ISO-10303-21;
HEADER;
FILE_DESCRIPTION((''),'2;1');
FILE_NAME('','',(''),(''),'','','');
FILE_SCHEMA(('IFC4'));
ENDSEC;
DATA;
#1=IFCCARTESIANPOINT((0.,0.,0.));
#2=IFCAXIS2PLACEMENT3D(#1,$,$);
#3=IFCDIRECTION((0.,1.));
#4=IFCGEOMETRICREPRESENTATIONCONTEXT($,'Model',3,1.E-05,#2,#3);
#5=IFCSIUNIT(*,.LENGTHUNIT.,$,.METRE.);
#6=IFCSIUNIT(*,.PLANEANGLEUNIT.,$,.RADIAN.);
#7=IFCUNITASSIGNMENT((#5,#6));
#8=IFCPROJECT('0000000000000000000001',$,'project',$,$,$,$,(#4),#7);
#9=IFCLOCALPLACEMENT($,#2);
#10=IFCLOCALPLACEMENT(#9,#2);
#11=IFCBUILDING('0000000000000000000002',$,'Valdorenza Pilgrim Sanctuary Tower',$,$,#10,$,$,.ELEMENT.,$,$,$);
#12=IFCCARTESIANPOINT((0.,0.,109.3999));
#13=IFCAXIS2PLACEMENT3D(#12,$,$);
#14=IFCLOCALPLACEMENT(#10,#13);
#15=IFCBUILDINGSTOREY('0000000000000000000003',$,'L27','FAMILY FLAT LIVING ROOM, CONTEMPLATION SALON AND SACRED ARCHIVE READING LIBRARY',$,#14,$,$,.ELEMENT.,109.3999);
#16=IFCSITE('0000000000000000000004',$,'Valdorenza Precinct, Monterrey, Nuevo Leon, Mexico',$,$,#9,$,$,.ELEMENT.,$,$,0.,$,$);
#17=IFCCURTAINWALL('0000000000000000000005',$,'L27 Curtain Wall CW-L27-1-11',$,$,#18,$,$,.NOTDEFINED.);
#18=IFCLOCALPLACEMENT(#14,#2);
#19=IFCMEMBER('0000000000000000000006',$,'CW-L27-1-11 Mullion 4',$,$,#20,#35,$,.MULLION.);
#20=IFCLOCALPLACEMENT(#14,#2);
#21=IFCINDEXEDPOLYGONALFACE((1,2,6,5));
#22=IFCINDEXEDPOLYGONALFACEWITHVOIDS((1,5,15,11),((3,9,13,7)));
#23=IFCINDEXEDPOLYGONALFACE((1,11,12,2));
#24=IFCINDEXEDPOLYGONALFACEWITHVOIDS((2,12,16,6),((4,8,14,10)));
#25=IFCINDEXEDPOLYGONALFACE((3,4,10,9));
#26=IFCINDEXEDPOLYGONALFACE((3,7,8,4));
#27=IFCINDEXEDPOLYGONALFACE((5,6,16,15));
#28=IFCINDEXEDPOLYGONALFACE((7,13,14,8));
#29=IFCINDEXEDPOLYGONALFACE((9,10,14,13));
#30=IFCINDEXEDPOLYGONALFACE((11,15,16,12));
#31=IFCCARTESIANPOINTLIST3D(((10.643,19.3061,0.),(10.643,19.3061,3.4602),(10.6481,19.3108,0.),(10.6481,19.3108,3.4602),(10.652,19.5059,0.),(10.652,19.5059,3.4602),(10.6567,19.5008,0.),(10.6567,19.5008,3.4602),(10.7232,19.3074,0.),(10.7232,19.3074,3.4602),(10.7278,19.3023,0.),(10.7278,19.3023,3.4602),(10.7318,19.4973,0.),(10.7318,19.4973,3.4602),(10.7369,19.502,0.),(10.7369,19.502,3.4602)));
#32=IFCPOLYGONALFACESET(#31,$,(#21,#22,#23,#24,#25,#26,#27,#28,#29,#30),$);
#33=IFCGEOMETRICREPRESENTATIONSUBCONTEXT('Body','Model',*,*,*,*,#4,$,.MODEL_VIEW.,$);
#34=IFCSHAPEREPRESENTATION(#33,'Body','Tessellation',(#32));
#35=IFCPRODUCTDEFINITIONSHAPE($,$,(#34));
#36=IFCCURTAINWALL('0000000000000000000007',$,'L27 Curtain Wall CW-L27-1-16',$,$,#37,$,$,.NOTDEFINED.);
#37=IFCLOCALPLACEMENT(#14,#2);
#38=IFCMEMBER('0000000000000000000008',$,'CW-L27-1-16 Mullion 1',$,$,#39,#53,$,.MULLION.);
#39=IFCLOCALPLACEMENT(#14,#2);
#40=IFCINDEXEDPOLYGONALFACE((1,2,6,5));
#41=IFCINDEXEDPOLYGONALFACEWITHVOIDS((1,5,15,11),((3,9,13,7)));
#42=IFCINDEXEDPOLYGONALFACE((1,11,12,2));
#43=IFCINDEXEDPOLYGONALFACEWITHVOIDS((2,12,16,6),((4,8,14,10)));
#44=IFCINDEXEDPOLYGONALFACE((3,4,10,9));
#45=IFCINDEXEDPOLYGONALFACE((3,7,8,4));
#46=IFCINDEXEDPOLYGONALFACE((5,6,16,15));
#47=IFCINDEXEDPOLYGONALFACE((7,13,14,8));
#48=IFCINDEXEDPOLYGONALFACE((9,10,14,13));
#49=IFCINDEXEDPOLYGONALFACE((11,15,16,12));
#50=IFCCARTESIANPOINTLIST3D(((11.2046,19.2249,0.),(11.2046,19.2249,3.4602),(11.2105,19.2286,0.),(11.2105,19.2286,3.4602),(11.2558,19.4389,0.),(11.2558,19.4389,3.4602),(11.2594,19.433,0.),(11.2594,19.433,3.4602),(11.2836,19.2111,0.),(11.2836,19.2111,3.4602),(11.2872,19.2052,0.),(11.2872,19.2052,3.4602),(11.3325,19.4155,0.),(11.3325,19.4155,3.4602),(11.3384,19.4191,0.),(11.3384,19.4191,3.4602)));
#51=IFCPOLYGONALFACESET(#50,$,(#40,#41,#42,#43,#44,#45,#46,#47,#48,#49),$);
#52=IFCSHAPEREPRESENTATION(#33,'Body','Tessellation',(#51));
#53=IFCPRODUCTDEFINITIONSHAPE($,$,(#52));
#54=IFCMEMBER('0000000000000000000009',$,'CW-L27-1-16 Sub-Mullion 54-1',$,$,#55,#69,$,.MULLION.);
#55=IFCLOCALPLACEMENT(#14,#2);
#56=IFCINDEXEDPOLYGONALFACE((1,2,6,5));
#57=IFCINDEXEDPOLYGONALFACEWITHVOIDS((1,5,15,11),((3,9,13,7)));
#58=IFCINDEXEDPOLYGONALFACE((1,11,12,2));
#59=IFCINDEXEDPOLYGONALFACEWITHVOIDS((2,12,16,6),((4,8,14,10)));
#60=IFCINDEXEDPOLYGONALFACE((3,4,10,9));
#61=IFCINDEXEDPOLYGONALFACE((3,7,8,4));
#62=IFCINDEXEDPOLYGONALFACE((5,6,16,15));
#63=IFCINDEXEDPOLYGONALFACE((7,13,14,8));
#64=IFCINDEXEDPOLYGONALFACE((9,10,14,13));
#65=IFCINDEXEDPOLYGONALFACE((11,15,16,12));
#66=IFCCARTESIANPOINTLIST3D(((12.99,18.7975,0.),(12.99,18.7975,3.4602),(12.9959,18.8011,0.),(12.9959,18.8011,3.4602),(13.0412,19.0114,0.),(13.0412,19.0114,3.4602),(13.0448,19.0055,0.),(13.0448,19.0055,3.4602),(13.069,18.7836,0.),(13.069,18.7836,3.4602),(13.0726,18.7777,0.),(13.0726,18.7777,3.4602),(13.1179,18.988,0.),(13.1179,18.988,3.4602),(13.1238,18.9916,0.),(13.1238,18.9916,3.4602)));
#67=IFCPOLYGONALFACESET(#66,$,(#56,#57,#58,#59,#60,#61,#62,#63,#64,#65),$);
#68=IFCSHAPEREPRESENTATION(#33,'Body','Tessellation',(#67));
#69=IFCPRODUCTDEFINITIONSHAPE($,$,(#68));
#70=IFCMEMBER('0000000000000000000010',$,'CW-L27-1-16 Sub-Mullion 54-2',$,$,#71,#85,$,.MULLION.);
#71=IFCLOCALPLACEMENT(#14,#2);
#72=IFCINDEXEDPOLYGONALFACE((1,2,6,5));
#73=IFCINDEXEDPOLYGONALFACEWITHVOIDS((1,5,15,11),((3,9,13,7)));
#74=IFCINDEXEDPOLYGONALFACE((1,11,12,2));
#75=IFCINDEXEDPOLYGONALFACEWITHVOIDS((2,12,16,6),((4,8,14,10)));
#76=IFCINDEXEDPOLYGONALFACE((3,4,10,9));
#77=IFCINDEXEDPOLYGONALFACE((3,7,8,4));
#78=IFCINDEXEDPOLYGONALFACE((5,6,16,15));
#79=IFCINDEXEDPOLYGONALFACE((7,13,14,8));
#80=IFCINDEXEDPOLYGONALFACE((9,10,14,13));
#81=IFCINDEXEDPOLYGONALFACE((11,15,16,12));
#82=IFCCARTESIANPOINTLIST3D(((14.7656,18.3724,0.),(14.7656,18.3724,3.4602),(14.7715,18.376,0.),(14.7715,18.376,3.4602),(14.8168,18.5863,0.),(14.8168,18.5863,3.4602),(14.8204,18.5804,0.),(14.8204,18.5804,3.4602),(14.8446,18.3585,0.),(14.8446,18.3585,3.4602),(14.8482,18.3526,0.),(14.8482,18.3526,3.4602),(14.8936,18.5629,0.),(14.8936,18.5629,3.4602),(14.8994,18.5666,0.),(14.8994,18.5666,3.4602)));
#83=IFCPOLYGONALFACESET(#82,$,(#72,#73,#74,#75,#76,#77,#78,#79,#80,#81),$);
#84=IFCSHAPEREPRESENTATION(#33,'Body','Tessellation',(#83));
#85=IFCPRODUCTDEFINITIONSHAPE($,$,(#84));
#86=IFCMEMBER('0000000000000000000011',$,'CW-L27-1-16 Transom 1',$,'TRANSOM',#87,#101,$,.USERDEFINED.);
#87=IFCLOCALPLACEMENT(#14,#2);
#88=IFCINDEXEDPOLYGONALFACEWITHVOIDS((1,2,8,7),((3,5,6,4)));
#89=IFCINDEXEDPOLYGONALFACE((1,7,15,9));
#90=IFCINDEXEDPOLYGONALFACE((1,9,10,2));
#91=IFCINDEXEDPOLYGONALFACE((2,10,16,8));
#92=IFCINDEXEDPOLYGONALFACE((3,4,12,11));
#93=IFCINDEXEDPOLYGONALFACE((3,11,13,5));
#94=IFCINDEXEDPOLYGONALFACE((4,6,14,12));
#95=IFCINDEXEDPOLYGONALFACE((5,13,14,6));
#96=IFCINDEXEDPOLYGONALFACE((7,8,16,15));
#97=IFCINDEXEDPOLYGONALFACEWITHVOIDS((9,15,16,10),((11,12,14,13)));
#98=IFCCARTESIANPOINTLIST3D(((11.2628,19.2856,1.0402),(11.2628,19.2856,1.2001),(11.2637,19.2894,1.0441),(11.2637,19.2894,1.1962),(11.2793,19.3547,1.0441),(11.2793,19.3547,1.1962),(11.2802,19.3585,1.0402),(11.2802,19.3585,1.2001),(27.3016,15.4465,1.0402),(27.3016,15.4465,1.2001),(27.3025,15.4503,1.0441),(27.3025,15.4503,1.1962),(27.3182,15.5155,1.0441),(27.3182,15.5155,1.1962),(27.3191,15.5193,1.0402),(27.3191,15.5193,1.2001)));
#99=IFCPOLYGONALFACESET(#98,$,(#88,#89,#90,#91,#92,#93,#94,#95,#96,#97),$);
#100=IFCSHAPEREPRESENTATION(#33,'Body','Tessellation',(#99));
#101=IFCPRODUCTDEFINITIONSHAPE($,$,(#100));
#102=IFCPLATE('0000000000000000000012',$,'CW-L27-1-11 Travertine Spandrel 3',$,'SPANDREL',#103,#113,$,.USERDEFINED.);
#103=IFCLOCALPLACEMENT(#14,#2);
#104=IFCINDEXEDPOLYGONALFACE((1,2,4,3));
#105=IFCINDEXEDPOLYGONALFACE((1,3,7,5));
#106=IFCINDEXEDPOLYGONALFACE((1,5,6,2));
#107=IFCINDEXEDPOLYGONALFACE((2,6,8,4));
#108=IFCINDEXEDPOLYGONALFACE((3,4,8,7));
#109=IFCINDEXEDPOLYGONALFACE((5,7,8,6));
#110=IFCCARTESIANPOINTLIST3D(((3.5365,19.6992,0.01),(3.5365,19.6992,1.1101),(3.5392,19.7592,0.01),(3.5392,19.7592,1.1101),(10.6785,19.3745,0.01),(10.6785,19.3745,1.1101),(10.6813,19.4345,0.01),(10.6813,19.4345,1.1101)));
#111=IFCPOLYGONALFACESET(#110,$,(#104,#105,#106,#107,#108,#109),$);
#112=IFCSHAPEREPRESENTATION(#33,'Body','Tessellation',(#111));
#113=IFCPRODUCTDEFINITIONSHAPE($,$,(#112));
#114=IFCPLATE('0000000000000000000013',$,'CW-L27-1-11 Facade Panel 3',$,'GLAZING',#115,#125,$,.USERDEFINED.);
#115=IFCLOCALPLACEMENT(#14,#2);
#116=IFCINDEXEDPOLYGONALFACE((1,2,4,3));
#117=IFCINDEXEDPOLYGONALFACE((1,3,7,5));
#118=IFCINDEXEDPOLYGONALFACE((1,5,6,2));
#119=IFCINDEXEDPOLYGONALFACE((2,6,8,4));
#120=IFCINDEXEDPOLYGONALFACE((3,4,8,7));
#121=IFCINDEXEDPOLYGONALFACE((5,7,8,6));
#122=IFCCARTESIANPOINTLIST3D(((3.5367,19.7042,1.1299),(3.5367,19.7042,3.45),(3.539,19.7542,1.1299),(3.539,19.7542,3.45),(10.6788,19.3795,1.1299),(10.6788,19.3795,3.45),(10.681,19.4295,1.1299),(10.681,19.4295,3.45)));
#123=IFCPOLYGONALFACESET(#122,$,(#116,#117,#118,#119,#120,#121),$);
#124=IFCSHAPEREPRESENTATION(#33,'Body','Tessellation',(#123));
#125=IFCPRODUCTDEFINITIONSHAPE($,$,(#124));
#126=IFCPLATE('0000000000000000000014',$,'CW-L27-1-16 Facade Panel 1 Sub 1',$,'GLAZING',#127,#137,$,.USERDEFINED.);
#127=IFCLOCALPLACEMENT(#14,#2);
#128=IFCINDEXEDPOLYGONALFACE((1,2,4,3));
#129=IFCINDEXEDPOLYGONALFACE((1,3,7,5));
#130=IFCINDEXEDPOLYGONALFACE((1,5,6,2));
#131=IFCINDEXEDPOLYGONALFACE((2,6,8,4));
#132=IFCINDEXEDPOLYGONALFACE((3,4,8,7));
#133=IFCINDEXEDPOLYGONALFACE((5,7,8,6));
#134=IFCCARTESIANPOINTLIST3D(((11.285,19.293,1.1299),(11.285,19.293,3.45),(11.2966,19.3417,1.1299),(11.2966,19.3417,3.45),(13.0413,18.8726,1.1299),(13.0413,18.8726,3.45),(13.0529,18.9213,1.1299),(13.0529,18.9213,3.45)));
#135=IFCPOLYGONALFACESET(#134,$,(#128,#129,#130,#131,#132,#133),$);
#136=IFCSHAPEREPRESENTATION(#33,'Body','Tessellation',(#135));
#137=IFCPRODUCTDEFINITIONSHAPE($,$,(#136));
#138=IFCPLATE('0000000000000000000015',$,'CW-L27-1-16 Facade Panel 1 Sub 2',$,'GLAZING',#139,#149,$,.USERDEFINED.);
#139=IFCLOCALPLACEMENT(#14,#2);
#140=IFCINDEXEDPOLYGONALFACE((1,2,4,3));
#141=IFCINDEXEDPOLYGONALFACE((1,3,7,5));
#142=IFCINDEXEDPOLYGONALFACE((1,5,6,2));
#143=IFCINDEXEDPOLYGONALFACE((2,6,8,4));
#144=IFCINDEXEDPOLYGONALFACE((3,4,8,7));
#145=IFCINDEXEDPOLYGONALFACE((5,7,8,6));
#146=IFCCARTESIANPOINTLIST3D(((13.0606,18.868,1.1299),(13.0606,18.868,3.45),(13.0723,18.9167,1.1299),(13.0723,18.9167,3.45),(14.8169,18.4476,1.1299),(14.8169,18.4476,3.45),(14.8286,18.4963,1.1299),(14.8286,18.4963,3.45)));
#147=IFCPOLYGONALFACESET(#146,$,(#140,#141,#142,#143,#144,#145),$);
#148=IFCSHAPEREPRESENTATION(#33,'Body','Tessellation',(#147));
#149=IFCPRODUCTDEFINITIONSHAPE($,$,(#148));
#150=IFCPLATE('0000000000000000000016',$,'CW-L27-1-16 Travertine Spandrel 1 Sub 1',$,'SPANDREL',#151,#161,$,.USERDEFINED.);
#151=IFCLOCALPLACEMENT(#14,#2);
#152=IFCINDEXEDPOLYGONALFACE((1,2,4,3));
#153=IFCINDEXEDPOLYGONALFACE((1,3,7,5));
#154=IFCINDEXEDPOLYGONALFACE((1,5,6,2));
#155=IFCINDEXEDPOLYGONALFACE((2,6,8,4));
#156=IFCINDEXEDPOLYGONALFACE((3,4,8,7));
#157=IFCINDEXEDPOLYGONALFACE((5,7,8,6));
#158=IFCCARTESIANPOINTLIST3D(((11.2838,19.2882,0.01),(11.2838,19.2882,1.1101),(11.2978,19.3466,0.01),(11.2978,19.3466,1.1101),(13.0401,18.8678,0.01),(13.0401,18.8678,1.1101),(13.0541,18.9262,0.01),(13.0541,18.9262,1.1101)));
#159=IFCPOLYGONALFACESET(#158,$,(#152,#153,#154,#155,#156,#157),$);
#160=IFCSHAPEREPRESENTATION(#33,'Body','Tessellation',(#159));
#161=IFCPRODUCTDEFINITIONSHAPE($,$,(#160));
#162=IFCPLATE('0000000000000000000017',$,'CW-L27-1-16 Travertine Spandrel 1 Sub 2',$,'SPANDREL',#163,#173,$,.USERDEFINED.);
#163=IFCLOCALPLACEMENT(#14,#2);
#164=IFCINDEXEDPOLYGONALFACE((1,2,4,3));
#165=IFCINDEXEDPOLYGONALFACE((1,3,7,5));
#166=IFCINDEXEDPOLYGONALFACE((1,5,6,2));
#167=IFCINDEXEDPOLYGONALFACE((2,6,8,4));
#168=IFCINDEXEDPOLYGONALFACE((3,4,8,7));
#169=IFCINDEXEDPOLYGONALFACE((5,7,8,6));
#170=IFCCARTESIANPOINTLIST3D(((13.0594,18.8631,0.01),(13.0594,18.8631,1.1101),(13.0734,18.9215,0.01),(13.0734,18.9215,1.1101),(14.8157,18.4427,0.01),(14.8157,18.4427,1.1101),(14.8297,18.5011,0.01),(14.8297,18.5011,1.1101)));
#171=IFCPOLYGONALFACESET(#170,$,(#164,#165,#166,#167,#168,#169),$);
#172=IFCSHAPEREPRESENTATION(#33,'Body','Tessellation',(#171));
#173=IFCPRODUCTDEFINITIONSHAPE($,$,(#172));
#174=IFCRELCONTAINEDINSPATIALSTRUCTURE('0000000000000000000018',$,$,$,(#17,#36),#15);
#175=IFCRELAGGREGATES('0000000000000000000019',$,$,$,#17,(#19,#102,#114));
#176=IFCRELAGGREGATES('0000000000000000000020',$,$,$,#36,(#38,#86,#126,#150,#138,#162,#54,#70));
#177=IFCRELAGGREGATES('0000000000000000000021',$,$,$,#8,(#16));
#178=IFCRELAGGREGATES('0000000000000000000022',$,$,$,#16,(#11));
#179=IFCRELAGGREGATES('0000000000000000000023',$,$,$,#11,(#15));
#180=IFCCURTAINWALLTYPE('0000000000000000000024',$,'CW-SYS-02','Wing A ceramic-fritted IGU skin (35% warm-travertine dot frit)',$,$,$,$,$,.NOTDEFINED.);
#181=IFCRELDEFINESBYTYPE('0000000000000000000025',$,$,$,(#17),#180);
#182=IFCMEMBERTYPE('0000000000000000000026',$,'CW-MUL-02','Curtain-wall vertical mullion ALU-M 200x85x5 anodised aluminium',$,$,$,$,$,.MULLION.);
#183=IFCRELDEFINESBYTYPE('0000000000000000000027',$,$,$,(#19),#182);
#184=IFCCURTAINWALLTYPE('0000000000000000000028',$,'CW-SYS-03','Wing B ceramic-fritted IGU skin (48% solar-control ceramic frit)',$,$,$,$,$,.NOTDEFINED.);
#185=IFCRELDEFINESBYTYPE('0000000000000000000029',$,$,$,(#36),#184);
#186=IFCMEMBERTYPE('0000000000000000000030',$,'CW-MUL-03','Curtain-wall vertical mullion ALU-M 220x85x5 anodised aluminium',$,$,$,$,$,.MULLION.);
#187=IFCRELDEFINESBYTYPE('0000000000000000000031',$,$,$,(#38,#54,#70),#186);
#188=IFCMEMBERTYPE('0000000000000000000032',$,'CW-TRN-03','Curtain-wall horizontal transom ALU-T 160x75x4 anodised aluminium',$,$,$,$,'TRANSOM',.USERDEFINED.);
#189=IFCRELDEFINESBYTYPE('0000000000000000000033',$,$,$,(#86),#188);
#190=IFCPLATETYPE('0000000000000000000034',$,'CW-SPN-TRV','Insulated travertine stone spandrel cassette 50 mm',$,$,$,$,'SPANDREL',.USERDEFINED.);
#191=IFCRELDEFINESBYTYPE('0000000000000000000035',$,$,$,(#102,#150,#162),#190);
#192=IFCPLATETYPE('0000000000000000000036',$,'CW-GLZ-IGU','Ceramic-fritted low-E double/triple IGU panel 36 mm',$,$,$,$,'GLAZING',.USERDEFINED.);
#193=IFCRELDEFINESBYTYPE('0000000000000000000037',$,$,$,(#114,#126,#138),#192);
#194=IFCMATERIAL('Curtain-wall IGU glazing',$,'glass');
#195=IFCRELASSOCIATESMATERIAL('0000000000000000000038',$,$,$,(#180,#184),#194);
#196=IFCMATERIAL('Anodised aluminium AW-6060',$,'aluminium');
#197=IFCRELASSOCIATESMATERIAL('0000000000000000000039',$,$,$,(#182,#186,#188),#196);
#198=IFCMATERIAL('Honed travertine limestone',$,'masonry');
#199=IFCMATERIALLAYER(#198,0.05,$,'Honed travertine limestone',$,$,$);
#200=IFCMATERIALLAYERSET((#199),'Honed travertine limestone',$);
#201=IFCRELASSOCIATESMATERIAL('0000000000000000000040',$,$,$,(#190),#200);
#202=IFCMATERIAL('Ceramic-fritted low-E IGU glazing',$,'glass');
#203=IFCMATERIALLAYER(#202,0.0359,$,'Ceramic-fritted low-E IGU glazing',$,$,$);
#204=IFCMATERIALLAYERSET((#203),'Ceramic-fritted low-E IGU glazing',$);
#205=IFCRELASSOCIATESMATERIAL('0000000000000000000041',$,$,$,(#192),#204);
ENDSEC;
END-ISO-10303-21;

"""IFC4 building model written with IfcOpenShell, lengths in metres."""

from ifc_helpers import new_model, si_unit, direction, frame, origin, origin_2d, place, context, subcontext, project, spatial, rectangle, hollow_rectangle, extrude, source, transform, mapped, material, layer, layer_set, material_profile, profile_set, type_object, element, aggregate, save


model = new_model("IFC4")

# Units and contexts
model_context = context("Model", 3, precision=1e-05, world=origin(), true_north=direction((0.0, 1.0)))
body_context = subcontext(model_context, "Body", "Model", "MODEL_VIEW")
ifc_project = project(units=[si_unit("LENGTHUNIT", "METRE"), si_unit("PLANEANGLEUNIT", "RADIAN")], contexts=[model_context])

# Site, building, storey
site_placement = place(None, origin())
site = spatial("IfcSite", under=ifc_project, at=site_placement, Name="Valdorenza Precinct, Monterrey, Nuevo Leon, Mexico", CompositionType="ELEMENT", RefElevation=0.0)
building_placement = place(site_placement, origin())
building = spatial("IfcBuilding", under=site, at=building_placement, Name="Valdorenza Pilgrim Sanctuary Tower", CompositionType="ELEMENT")
storey_placement = place(building_placement, frame((0.0, 0.0, 109.3999)))
storey = spatial("IfcBuildingStorey", under=building, at=storey_placement, Name="L27", Description="FAMILY FLAT LIVING ROOM, CONTEMPLATION SALON AND SACRED ARCHIVE READING LIBRARY", CompositionType="ELEMENT", Elevation=109.3999)

# Curtain wall, member
ifc_material_1 = material(Name="Curtain-wall IGU glazing", Category="glass")
curtain_wall_type_1 = type_object("IfcCurtainWallType", Name="CW-SYS-02", Description="Wing A ceramic-fritted IGU skin (35% warm-travertine dot frit)", PredefinedType="NOTDEFINED", material=ifc_material_1)
curtain_wall_1_placement = place(storey_placement, origin())
curtain_wall_1 = element("IfcCurtainWall", 1, at=curtain_wall_1_placement, inside=storey, type_object=curtain_wall_type_1, Name="L27 Curtain Wall CW-L27-1-11", PredefinedType="NOTDEFINED")
ifc_material_2 = material(Name="Anodised aluminium AW-6060", Category="aluminium")
ifc_material_profile_1 = material_profile(ifc_material_2, hollow_rectangle(XDim=0.085, YDim=0.2, WallThickness=0.0049, at=origin_2d()), Name="ALU-M 200x85x5")
ifc_profile_set_1 = profile_set([ifc_material_profile_1], Name="Anodised aluminium AW-6060")
member_type_1 = type_object("IfcMemberType", Name="CW-MUL-02", Description="Curtain-wall vertical mullion ALU-M 200x85x5 anodised aluminium", PredefinedType="MULLION", material=ifc_profile_set_1)
shared_shape_1 = source(origin(), body_context, "Body", "SweptSolid", [
    extrude(hollow_rectangle(XDim=0.085, YDim=0.2, WallThickness=0.0049, at=origin_2d()), origin(), (0.0, 0.0, 1.0), 3.4602),
])
member_1_placement = place(storey_placement, frame((10.6899, 19.4041, 0.0), z_axis=(0.0, 0.0, 1.0), x_axis=(0.998968, -0.045415, 0.0)))
member_1 = element("IfcMember", 2, at=member_1_placement, type_object=member_type_1, Name="CW-L27-1-11 Mullion 4", PredefinedType="MULLION", context=body_context, shape_type="MappedRepresentation", body=[
    mapped(shared_shape_1, transform((0.0, 0.0, 0.0), x_axis=(1.0, 0.0, 0.0), y_axis=(0.0, 1.0, 0.0), z_axis=(0.0, 0.0, 1.0), scale=1.0)),
])

# Curtain wall, members
curtain_wall_type_2 = type_object("IfcCurtainWallType", Name="CW-SYS-03", Description="Wing B ceramic-fritted IGU skin (48% solar-control ceramic frit)", PredefinedType="NOTDEFINED", material=ifc_material_1)
curtain_wall_2_placement = place(storey_placement, origin())
curtain_wall_2 = element("IfcCurtainWall", 3, at=curtain_wall_2_placement, inside=storey, type_object=curtain_wall_type_2, Name="L27 Curtain Wall CW-L27-1-16", PredefinedType="NOTDEFINED")
ifc_material_profile_2 = material_profile(ifc_material_2, hollow_rectangle(XDim=0.085, YDim=0.22, WallThickness=0.0049, at=origin_2d()), Name="ALU-M 220x85x5")
ifc_profile_set_2 = profile_set([ifc_material_profile_2], Name="Anodised aluminium AW-6060")
member_type_2 = type_object("IfcMemberType", Name="CW-MUL-03", Description="Curtain-wall vertical mullion ALU-M 220x85x5 anodised aluminium", PredefinedType="MULLION", material=ifc_profile_set_2)
shared_shape_2 = source(origin(), body_context, "Body", "SweptSolid", [
    extrude(hollow_rectangle(XDim=0.085, YDim=0.22, WallThickness=0.0049, at=origin_2d()), origin(), (0.0, 0.0, 1.0), 3.4602),
])
member_2_placement = place(storey_placement, frame((11.2715, 19.322, 0.0), z_axis=(0.0, 0.0, 1.0), x_axis=(0.972529, -0.232783, 0.0)))
member_2 = element("IfcMember", 4, at=member_2_placement, type_object=member_type_2, Name="CW-L27-1-16 Mullion 1", PredefinedType="MULLION", context=body_context, shape_type="MappedRepresentation", body=[
    mapped(shared_shape_2, transform((0.0, 0.0, 0.0), x_axis=(1.0, 0.0, 0.0), y_axis=(0.0, 1.0, 0.0), z_axis=(0.0, 0.0, 1.0), scale=1.0)),
])
member_3_placement = place(storey_placement, frame((13.0569, 18.8945, 0.0), z_axis=(0.0, 0.0, 1.0), x_axis=(0.972529, -0.232783, 0.0)))
member_3 = element("IfcMember", 5, at=member_3_placement, type_object=member_type_2, Name="CW-L27-1-16 Sub-Mullion 54-1", PredefinedType="MULLION", context=body_context, shape_type="MappedRepresentation", body=[
    mapped(shared_shape_2, transform((0.0, 0.0, 0.0), x_axis=(1.0, 0.0, 0.0), y_axis=(0.0, 1.0, 0.0), z_axis=(0.0, 0.0, 1.0), scale=1.0)),
])
member_4_placement = place(storey_placement, frame((14.8325, 18.4695, 0.0), z_axis=(0.0, 0.0, 1.0), x_axis=(0.972529, -0.232783, 0.0)))
member_4 = element("IfcMember", 6, at=member_4_placement, type_object=member_type_2, Name="CW-L27-1-16 Sub-Mullion 54-2", PredefinedType="MULLION", context=body_context, shape_type="MappedRepresentation", body=[
    mapped(shared_shape_2, transform((0.0, 0.0, 0.0), x_axis=(1.0, 0.0, 0.0), y_axis=(0.0, 1.0, 0.0), z_axis=(0.0, 0.0, 1.0), scale=1.0)),
])
ifc_material_profile_3 = material_profile(ifc_material_2, hollow_rectangle(XDim=0.075, YDim=0.1599, WallThickness=0.0039, at=origin_2d()), Name="ALU-T 160x75x4")
ifc_profile_set_3 = profile_set([ifc_material_profile_3], Name="Anodised aluminium AW-6060")
member_type_3 = type_object("IfcMemberType", Name="CW-TRN-03", Description="Curtain-wall horizontal transom ALU-T 160x75x4 anodised aluminium", ElementType="TRANSOM", PredefinedType="USERDEFINED", material=ifc_profile_set_3)
shared_shape_3 = source(origin(), body_context, "Body", "SweptSolid", [
    extrude(hollow_rectangle(XDim=0.075, YDim=0.1599, WallThickness=0.0039, at=origin_2d()), origin(), (0.0, 0.0, 1.0), 16.4919),
])
member_5_placement = place(storey_placement, frame((11.2715, 19.322, 1.1201), z_axis=(0.972528, -0.232788, 0.0), x_axis=(0.232788, 0.972528, 0.0)))
member_5 = element("IfcMember", 7, at=member_5_placement, type_object=member_type_3, Name="CW-L27-1-16 Transom 1", ObjectType="TRANSOM", PredefinedType="USERDEFINED", context=body_context, shape_type="MappedRepresentation", body=[
    mapped(shared_shape_3, transform((0.0, 0.0, 0.0), x_axis=(1.0, 0.0, 0.0), y_axis=(0.0, 1.0, 0.0), z_axis=(0.0, 0.0, 1.0), scale=1.0)),
])

# Plates
ifc_material_3 = material(Name="Honed travertine limestone", Category="masonry")
ifc_layer_1 = layer(ifc_material_3, 0.05, Name="Honed travertine limestone")
ifc_layer_set_1 = layer_set([ifc_layer_1], Name="Honed travertine limestone")
plate_type_1 = type_object("IfcPlateType", Name="CW-SPN-TRV", Description="Insulated travertine stone spandrel cassette 50 mm", ElementType="SPANDREL", PredefinedType="USERDEFINED", material=ifc_layer_set_1)
shared_shape_4 = source(origin(), body_context, "Body", "SweptSolid", [
    extrude(rectangle(XDim=7.1494, YDim=0.0601, at=origin_2d()), origin(), (0.0, 0.0, 1.0), 1.1001),
])
plate_1_placement = place(storey_placement, frame((7.1089, 19.5669, 0.01), z_axis=(0.0, 0.0, 1.0), x_axis=(0.998968, -0.045415, 0.0)))
plate_1 = element("IfcPlate", 8, at=plate_1_placement, type_object=plate_type_1, Name="CW-L27-1-11 Travertine Spandrel 3", ObjectType="SPANDREL", PredefinedType="USERDEFINED", context=body_context, shape_type="MappedRepresentation", body=[
    mapped(shared_shape_4, transform((0.0, 0.0, 0.0), x_axis=(1.0, 0.0, 0.0), y_axis=(0.0, 1.0, 0.0), z_axis=(0.0, 0.0, 1.0), scale=1.0)),
])
ifc_material_4 = material(Name="Ceramic-fritted low-E IGU glazing", Category="glass")
ifc_layer_2 = layer(ifc_material_4, 0.0359, Name="Ceramic-fritted low-E IGU glazing")
ifc_layer_set_2 = layer_set([ifc_layer_2], Name="Ceramic-fritted low-E IGU glazing")
plate_type_2 = type_object("IfcPlateType", Name="CW-GLZ-IGU", Description="Ceramic-fritted low-E double/triple IGU panel 36 mm", ElementType="GLAZING", PredefinedType="USERDEFINED", material=ifc_layer_set_2)
shared_shape_5 = source(origin(), body_context, "Body", "SweptSolid", [
    extrude(rectangle(XDim=7.1494, YDim=0.05, at=origin_2d()), origin(), (0.0, 0.0, 1.0), 2.3201),
])
plate_2_placement = place(storey_placement, frame((7.1089, 19.5669, 1.1299), z_axis=(0.0, 0.0, 1.0), x_axis=(0.998968, -0.045415, 0.0)))
plate_2 = element("IfcPlate", 9, at=plate_2_placement, type_object=plate_type_2, Name="CW-L27-1-11 Facade Panel 3", ObjectType="GLAZING", PredefinedType="USERDEFINED", context=body_context, shape_type="MappedRepresentation", body=[
    mapped(shared_shape_5, transform((0.0, 0.0, 0.0), x_axis=(1.0, 0.0, 0.0), y_axis=(0.0, 1.0, 0.0), z_axis=(0.0, 0.0, 1.0), scale=1.0)),
])
aggregate(curtain_wall_1, [member_1, plate_1, plate_2])
shared_shape_6 = source(origin(), body_context, "Body", "SweptSolid", [
    extrude(rectangle(XDim=1.8059, YDim=0.05, at=origin_2d()), origin(), (0.0, 0.0, 1.0), 2.3201),
])
plate_3_placement = place(storey_placement, frame((12.1689, 19.1072, 1.1299), z_axis=(0.0, 0.0, 1.0), x_axis=(0.972529, -0.232783, 0.0)))
plate_3 = element("IfcPlate", 10, at=plate_3_placement, type_object=plate_type_2, Name="CW-L27-1-16 Facade Panel 1 Sub 1", ObjectType="GLAZING", PredefinedType="USERDEFINED", context=body_context, shape_type="MappedRepresentation", body=[
    mapped(shared_shape_6, transform((0.0, 0.0, 0.0), x_axis=(1.0, 0.0, 0.0), y_axis=(0.0, 1.0, 0.0), z_axis=(0.0, 0.0, 1.0), scale=1.0)),
])
plate_4_placement = place(storey_placement, frame((13.9446, 18.6821, 1.1299), z_axis=(0.0, 0.0, 1.0), x_axis=(0.972529, -0.232783, 0.0)))
plate_4 = element("IfcPlate", 11, at=plate_4_placement, type_object=plate_type_2, Name="CW-L27-1-16 Facade Panel 1 Sub 2", ObjectType="GLAZING", PredefinedType="USERDEFINED", context=body_context, shape_type="MappedRepresentation", body=[
    mapped(shared_shape_6, transform((0.0, 0.0, 0.0), x_axis=(1.0, 0.0, 0.0), y_axis=(0.0, 1.0, 0.0), z_axis=(0.0, 0.0, 1.0), scale=1.0)),
])
shared_shape_7 = source(origin(), body_context, "Body", "SweptSolid", [
    extrude(rectangle(XDim=1.8059, YDim=0.0601, at=origin_2d()), origin(), (0.0, 0.0, 1.0), 1.1001),
])
plate_5_placement = place(storey_placement, frame((12.1689, 19.1072, 0.01), z_axis=(0.0, 0.0, 1.0), x_axis=(0.972529, -0.232783, 0.0)))
plate_5 = element("IfcPlate", 12, at=plate_5_placement, type_object=plate_type_1, Name="CW-L27-1-16 Travertine Spandrel 1 Sub 1", ObjectType="SPANDREL", PredefinedType="USERDEFINED", context=body_context, shape_type="MappedRepresentation", body=[
    mapped(shared_shape_7, transform((0.0, 0.0, 0.0), x_axis=(1.0, 0.0, 0.0), y_axis=(0.0, 1.0, 0.0), z_axis=(0.0, 0.0, 1.0), scale=1.0)),
])
plate_6_placement = place(storey_placement, frame((13.9446, 18.6821, 0.01), z_axis=(0.0, 0.0, 1.0), x_axis=(0.972529, -0.232783, 0.0)))
plate_6 = element("IfcPlate", 13, at=plate_6_placement, type_object=plate_type_1, Name="CW-L27-1-16 Travertine Spandrel 1 Sub 2", ObjectType="SPANDREL", PredefinedType="USERDEFINED", context=body_context, shape_type="MappedRepresentation", body=[
    mapped(shared_shape_7, transform((0.0, 0.0, 0.0), x_axis=(1.0, 0.0, 0.0), y_axis=(0.0, 1.0, 0.0), z_axis=(0.0, 0.0, 1.0), scale=1.0)),
])
aggregate(curtain_wall_2, [member_2, member_5, plate_3, plate_5, plate_4, plate_6, member_3, member_4])

save(model, "model.ifc")
